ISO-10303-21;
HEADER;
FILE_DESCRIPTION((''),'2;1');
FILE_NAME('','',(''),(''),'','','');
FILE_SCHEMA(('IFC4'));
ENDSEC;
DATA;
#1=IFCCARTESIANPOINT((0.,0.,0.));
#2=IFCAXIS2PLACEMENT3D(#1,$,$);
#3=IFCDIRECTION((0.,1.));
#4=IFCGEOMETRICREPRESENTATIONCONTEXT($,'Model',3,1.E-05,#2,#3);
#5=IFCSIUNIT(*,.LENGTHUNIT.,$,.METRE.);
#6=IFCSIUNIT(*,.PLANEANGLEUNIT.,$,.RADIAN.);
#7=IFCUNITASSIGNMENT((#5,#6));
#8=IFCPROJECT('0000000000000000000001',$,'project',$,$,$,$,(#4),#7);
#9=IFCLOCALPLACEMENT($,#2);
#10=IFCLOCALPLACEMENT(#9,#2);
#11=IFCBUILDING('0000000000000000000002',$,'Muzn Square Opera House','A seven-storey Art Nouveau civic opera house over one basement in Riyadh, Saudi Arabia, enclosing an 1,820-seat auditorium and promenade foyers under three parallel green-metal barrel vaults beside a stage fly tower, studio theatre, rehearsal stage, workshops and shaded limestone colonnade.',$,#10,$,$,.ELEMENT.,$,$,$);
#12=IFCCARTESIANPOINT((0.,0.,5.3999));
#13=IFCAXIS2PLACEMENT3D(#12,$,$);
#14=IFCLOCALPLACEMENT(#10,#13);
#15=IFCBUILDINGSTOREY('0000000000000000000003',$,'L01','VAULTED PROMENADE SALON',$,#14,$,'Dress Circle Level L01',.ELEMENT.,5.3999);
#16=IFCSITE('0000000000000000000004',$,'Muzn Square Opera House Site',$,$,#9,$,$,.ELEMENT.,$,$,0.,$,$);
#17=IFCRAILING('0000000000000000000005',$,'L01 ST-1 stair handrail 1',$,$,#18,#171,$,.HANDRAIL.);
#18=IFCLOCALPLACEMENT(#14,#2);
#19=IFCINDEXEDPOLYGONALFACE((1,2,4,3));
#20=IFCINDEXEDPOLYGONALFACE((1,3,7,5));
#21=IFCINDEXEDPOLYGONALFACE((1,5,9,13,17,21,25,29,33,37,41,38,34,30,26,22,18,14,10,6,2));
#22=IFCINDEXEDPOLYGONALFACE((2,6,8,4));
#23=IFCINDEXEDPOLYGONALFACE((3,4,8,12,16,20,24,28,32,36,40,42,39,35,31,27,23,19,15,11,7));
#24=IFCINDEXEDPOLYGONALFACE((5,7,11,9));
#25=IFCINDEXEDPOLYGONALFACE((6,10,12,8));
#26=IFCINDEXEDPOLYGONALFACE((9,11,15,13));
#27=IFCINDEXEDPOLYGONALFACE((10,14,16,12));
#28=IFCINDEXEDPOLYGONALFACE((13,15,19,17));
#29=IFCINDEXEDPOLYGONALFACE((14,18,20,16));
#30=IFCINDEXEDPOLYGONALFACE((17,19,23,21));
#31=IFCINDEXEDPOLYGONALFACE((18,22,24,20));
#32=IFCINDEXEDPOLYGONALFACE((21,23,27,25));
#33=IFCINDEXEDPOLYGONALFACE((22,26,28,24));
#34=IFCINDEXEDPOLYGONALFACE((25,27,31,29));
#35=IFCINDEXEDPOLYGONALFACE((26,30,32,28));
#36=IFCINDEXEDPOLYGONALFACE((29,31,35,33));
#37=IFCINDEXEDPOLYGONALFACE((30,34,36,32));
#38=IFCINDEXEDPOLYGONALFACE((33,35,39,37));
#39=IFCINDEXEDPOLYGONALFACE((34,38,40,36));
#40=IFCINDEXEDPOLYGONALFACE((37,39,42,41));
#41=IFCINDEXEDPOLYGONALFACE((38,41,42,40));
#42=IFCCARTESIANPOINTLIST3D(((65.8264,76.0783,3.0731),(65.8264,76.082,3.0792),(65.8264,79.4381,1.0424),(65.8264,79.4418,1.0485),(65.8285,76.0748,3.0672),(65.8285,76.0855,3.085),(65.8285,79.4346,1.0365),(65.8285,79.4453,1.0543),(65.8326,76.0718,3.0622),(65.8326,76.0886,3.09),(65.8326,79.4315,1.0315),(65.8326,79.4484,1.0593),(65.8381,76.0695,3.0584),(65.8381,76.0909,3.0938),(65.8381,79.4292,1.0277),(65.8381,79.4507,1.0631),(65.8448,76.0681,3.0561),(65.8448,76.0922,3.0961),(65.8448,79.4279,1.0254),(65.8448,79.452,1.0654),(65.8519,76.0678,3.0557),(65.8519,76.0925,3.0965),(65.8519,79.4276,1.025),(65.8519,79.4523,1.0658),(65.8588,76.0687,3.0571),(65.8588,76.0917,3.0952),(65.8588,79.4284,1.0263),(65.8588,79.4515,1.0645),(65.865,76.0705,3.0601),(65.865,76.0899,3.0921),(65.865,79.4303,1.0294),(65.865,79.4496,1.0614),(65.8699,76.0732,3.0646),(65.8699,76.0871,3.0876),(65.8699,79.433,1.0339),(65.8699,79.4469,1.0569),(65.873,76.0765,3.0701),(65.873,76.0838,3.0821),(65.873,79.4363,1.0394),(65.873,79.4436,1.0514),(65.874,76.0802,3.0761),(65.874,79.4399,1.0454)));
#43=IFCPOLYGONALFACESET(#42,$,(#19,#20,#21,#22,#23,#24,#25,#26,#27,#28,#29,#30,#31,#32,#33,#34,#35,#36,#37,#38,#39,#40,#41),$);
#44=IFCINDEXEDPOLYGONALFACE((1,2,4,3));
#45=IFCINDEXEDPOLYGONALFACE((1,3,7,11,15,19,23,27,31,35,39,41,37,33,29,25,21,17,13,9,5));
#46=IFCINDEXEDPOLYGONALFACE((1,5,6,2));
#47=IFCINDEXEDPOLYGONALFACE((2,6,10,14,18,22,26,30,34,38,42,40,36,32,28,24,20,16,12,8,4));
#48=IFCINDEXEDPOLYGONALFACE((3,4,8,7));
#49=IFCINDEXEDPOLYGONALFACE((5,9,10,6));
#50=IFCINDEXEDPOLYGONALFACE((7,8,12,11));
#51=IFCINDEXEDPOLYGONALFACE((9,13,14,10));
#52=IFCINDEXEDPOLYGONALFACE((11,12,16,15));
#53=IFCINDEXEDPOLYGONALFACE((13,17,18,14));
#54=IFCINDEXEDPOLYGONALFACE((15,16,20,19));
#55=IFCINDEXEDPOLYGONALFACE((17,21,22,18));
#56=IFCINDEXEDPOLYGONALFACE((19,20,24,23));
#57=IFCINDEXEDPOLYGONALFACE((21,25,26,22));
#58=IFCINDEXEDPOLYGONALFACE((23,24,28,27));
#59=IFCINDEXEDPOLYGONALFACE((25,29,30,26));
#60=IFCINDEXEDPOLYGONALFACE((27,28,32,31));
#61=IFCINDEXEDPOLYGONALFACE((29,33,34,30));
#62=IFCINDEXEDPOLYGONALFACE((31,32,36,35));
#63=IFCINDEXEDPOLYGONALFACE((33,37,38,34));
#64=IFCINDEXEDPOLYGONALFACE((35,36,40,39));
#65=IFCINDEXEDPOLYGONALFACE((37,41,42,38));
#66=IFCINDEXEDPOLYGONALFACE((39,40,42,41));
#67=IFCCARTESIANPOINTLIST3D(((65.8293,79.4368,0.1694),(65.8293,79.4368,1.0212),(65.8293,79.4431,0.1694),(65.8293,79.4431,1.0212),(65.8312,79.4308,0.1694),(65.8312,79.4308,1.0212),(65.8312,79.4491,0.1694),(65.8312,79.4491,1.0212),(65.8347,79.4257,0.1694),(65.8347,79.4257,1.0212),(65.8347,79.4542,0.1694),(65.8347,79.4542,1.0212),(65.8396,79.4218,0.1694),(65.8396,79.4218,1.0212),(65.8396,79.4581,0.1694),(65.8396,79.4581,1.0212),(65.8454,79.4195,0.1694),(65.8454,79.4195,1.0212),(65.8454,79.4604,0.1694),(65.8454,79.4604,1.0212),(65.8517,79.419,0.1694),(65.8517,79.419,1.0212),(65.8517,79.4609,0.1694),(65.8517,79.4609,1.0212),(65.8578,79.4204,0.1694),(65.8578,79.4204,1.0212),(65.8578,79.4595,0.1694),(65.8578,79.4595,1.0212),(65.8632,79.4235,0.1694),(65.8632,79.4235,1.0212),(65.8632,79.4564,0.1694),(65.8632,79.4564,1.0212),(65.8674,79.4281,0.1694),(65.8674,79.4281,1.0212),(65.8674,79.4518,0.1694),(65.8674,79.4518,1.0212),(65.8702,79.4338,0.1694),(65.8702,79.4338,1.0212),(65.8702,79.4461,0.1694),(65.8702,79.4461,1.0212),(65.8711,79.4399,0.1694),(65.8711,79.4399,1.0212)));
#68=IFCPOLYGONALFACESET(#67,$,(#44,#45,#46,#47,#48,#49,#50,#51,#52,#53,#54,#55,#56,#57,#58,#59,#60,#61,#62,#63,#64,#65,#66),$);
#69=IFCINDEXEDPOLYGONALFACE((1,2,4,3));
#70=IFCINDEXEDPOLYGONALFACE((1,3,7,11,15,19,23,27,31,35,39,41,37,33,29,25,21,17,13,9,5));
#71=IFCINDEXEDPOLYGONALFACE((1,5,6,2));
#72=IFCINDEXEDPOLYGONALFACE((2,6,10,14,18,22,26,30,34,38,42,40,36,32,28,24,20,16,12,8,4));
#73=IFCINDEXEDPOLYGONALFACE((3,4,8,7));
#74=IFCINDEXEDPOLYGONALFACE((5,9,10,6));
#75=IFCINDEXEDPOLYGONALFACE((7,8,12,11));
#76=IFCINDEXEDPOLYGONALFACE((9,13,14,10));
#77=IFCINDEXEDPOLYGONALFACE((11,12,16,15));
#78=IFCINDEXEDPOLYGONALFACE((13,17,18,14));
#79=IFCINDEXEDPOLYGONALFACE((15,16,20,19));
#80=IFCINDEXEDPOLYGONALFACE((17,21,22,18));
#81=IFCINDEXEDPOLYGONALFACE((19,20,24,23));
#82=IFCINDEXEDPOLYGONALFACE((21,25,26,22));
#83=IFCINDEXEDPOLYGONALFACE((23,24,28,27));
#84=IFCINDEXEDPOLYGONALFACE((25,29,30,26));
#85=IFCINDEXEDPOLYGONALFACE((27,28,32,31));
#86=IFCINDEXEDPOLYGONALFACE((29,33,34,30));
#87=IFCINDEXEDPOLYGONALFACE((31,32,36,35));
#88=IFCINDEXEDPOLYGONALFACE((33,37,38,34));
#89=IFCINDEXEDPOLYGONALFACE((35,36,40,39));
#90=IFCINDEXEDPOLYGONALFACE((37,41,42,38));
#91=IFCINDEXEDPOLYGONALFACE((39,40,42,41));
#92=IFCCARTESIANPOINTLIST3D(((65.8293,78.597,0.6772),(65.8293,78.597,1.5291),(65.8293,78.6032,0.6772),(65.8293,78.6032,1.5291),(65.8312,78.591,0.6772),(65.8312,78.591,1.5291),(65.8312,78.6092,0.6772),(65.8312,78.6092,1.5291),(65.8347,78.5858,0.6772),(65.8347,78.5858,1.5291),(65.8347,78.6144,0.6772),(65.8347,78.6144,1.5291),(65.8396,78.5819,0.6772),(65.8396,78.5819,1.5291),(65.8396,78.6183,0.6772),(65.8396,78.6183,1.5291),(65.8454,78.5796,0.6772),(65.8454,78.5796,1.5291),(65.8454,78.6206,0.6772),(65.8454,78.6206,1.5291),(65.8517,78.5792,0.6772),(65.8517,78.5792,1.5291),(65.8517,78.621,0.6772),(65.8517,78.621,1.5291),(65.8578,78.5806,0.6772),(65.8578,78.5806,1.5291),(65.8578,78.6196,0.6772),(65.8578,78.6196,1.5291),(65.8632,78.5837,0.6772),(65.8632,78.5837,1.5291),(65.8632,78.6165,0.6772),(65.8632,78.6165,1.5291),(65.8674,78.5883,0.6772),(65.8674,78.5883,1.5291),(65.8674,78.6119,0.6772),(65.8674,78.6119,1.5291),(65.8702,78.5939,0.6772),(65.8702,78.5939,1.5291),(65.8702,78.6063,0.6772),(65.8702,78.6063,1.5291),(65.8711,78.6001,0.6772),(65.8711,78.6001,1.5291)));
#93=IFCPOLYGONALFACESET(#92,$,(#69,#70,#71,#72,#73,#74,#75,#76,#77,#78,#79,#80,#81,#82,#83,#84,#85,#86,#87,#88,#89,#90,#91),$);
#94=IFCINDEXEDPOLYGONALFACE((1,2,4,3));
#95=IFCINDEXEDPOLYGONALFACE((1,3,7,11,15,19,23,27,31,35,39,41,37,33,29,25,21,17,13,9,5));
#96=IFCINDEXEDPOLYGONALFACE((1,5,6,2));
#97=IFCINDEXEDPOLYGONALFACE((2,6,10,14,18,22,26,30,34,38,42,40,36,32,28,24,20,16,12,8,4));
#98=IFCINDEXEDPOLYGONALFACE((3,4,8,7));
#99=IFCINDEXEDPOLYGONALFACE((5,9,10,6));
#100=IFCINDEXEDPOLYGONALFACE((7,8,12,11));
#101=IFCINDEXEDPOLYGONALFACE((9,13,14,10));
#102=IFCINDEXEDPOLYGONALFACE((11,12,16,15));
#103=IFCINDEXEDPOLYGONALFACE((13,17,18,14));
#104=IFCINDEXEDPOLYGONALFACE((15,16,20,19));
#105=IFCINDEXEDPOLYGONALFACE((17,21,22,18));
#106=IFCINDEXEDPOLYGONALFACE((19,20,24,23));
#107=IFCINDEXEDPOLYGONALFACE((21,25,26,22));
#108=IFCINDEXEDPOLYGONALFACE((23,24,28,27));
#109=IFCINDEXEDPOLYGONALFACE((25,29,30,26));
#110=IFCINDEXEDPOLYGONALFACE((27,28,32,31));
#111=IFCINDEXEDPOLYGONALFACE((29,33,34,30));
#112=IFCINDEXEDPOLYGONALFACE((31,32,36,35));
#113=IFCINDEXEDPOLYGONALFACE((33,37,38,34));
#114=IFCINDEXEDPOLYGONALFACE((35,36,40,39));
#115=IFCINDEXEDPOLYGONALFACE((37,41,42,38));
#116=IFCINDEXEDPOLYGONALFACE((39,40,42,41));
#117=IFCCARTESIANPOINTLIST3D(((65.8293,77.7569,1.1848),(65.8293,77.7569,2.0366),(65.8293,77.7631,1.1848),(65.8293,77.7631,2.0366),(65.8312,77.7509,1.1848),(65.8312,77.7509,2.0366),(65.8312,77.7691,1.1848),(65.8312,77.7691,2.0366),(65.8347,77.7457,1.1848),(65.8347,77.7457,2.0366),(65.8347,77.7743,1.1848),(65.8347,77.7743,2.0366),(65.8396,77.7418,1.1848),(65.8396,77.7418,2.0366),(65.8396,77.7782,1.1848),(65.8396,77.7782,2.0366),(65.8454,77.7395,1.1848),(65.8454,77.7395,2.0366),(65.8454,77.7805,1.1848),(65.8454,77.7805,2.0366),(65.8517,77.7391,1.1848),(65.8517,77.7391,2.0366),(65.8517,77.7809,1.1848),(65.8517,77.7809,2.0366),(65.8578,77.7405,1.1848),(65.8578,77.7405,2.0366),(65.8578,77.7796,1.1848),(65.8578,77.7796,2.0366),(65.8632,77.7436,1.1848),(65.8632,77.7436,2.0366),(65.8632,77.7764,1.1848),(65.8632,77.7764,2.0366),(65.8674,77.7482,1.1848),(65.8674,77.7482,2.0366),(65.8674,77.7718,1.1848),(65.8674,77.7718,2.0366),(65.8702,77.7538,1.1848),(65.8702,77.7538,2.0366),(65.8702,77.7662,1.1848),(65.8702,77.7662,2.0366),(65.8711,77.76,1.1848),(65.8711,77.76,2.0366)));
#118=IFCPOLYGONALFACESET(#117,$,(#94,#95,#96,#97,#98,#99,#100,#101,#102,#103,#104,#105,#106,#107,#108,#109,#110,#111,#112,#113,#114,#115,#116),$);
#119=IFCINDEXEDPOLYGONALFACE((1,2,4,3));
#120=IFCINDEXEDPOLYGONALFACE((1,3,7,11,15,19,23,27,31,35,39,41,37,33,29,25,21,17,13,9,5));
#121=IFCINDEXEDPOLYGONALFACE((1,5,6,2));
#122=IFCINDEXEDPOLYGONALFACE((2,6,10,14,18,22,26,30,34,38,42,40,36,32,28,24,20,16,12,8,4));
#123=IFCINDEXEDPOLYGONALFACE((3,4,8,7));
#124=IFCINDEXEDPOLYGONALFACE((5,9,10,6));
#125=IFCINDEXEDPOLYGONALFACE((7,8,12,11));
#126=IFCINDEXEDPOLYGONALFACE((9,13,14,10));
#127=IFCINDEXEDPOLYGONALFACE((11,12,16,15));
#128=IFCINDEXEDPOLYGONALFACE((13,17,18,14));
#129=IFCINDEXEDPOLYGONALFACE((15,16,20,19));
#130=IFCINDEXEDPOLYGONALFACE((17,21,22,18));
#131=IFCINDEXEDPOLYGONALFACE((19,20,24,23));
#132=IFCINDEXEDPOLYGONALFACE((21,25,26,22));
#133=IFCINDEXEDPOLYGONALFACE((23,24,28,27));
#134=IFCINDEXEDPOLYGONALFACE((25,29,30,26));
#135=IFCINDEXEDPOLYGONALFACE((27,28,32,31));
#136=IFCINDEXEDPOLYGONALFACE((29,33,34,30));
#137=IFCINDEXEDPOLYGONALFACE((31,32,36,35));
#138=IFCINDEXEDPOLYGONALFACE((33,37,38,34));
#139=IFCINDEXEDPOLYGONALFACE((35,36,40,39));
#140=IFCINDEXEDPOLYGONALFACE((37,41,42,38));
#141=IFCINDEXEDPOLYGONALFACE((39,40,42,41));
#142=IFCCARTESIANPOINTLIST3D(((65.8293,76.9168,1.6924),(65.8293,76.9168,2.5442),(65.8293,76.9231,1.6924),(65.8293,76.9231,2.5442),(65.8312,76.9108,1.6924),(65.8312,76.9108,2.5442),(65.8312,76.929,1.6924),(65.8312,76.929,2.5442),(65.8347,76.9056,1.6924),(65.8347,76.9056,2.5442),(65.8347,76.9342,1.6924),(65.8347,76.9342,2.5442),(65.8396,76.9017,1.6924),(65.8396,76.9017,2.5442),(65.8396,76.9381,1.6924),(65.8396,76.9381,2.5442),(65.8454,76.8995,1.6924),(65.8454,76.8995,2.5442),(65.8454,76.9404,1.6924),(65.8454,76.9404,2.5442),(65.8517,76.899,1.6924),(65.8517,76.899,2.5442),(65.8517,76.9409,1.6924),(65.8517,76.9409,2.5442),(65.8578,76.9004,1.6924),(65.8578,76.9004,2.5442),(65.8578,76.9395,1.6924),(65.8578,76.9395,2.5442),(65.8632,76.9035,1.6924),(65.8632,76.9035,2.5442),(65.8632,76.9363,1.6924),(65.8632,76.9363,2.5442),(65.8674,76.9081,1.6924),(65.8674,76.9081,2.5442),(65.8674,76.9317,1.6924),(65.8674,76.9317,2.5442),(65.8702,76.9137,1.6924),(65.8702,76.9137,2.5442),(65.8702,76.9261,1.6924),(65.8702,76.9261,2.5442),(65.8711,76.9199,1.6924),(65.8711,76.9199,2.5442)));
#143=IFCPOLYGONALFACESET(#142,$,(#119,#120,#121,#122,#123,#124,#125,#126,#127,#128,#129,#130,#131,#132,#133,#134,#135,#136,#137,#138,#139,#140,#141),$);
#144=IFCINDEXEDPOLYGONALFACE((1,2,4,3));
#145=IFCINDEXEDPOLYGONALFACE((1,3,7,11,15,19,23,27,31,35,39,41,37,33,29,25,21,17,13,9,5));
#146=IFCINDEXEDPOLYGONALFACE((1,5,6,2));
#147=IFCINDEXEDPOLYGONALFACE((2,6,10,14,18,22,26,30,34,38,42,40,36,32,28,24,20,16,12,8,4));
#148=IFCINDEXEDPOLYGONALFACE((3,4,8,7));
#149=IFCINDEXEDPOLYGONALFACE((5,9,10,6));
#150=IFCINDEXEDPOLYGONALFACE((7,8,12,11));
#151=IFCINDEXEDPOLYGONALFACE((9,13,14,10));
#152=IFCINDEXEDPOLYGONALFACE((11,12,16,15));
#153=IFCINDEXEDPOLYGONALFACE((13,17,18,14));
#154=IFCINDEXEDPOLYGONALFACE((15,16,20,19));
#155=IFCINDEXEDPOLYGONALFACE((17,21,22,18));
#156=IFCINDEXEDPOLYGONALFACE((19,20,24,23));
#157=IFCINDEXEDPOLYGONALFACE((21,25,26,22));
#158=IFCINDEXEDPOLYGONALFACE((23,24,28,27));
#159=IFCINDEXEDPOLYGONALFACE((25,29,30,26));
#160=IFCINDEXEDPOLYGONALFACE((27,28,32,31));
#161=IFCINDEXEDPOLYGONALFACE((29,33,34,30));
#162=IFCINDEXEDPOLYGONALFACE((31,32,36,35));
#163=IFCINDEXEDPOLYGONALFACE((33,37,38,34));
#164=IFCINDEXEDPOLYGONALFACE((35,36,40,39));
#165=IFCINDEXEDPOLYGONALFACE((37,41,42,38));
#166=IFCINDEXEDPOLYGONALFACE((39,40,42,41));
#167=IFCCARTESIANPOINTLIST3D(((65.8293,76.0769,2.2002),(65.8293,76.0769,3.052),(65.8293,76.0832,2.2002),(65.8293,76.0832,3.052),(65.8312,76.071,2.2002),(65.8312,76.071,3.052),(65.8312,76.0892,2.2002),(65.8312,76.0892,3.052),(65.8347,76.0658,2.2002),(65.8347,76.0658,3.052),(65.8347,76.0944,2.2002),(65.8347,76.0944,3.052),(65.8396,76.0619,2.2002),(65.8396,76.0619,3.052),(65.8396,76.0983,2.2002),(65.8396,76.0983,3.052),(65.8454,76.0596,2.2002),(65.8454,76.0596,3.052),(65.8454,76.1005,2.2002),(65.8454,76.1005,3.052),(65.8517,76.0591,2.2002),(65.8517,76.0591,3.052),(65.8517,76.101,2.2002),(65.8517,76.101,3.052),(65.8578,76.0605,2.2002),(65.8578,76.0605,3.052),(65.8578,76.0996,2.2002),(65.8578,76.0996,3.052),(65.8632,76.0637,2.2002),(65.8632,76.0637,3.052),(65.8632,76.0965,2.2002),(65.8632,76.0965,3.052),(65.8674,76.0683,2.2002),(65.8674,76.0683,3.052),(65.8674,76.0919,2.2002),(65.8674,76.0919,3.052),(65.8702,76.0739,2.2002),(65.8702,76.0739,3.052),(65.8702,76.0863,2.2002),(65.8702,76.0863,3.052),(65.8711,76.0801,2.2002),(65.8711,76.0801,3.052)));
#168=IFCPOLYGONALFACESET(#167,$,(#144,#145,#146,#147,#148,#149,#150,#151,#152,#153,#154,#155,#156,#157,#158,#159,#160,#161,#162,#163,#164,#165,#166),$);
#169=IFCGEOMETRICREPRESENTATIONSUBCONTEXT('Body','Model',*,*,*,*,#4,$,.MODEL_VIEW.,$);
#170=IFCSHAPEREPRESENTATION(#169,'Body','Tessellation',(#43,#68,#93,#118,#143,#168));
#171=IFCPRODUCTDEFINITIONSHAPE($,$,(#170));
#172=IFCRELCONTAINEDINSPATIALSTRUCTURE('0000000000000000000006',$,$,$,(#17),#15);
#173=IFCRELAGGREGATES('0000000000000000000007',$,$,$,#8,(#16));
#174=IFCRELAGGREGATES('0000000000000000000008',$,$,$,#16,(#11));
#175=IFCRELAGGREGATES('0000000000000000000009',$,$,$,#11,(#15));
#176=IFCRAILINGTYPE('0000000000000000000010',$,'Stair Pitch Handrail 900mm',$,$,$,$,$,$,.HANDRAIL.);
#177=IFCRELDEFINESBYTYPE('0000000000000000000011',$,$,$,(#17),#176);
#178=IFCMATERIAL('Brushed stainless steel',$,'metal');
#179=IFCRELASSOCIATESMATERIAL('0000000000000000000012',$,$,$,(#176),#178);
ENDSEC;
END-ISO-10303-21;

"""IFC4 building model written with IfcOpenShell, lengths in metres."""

from ifc_helpers import new_model, si_unit, direction, frame, origin, origin_2d, place, context, subcontext, project, spatial, circle, extrude, material, type_object, element, save


model = new_model("IFC4")

# Units and contexts
model_context = context("Model", 3, precision=1e-05, world=origin(), true_north=direction((0.0, 1.0)))
body_context = subcontext(model_context, "Body", "Model", "MODEL_VIEW")
ifc_project = project(units=[si_unit("LENGTHUNIT", "METRE"), si_unit("PLANEANGLEUNIT", "RADIAN")], contexts=[model_context])

# Site, building, storey
site_placement = place(None, origin())
site = spatial("IfcSite", under=ifc_project, at=site_placement, Name="Muzn Square Opera House Site", CompositionType="ELEMENT", RefElevation=0.0)
building_placement = place(site_placement, origin())
building = spatial("IfcBuilding", under=site, at=building_placement, Name="Muzn Square Opera House", Description="A seven-storey Art Nouveau civic opera house over one basement in Riyadh, Saudi Arabia, enclosing an 1,820-seat auditorium and promenade foyers under three parallel green-metal barrel vaults beside a stage fly tower, studio theatre, rehearsal stage, workshops and shaded limestone colonnade.", CompositionType="ELEMENT")
storey_placement = place(building_placement, frame((0.0, 0.0, 5.3999)))
storey = spatial("IfcBuildingStorey", under=building, at=storey_placement, Name="L01", Description="VAULTED PROMENADE SALON", LongName="Dress Circle Level L01", CompositionType="ELEMENT", Elevation=5.3999)

# Shared definitions
ifc_material_1 = material(Name="Brushed stainless steel", Category="metal")

# Railing
railing_type_1 = type_object("IfcRailingType", Name="Stair Pitch Handrail 900mm", PredefinedType="HANDRAIL", material=ifc_material_1)
railing_1_placement = place(storey_placement, frame((65.8501, 79.4399, 0.1694)))
element("IfcRailing", 1, at=railing_1_placement, inside=storey, type_object=railing_type_1, Name="L01 ST-1 stair handrail 1", PredefinedType="HANDRAIL", context=body_context, shape_type="SweptSolid", body=[
    extrude(circle(Radius=0.0239, at=origin_2d()), frame((0.0, 0.0, 0.876), z_axis=(0.0, -0.85582, 0.517273), x_axis=(1.0, 0.0, 0.0)), (0.0, 0.0, 1.0), 3.9258),
    extrude(circle(Radius=0.021, at=origin_2d()), origin(), (0.0, 0.0, 1.0), 0.8518),
    extrude(circle(Radius=0.021, at=origin_2d()), frame((0.0, -0.8398, 0.5078)), (0.0, 0.0, 1.0), 0.8518),
    extrude(circle(Radius=0.021, at=origin_2d()), frame((0.0, -1.6799, 1.0154)), (0.0, 0.0, 1.0), 0.8518),
    extrude(circle(Radius=0.021, at=origin_2d()), frame((0.0, -2.52, 1.5229)), (0.0, 0.0, 1.0), 0.8518),
    extrude(circle(Radius=0.021, at=origin_2d()), frame((0.0, -3.3599, 2.0308)), (0.0, 0.0, 1.0), 0.8518),
])

save(model, "model.ifc")
